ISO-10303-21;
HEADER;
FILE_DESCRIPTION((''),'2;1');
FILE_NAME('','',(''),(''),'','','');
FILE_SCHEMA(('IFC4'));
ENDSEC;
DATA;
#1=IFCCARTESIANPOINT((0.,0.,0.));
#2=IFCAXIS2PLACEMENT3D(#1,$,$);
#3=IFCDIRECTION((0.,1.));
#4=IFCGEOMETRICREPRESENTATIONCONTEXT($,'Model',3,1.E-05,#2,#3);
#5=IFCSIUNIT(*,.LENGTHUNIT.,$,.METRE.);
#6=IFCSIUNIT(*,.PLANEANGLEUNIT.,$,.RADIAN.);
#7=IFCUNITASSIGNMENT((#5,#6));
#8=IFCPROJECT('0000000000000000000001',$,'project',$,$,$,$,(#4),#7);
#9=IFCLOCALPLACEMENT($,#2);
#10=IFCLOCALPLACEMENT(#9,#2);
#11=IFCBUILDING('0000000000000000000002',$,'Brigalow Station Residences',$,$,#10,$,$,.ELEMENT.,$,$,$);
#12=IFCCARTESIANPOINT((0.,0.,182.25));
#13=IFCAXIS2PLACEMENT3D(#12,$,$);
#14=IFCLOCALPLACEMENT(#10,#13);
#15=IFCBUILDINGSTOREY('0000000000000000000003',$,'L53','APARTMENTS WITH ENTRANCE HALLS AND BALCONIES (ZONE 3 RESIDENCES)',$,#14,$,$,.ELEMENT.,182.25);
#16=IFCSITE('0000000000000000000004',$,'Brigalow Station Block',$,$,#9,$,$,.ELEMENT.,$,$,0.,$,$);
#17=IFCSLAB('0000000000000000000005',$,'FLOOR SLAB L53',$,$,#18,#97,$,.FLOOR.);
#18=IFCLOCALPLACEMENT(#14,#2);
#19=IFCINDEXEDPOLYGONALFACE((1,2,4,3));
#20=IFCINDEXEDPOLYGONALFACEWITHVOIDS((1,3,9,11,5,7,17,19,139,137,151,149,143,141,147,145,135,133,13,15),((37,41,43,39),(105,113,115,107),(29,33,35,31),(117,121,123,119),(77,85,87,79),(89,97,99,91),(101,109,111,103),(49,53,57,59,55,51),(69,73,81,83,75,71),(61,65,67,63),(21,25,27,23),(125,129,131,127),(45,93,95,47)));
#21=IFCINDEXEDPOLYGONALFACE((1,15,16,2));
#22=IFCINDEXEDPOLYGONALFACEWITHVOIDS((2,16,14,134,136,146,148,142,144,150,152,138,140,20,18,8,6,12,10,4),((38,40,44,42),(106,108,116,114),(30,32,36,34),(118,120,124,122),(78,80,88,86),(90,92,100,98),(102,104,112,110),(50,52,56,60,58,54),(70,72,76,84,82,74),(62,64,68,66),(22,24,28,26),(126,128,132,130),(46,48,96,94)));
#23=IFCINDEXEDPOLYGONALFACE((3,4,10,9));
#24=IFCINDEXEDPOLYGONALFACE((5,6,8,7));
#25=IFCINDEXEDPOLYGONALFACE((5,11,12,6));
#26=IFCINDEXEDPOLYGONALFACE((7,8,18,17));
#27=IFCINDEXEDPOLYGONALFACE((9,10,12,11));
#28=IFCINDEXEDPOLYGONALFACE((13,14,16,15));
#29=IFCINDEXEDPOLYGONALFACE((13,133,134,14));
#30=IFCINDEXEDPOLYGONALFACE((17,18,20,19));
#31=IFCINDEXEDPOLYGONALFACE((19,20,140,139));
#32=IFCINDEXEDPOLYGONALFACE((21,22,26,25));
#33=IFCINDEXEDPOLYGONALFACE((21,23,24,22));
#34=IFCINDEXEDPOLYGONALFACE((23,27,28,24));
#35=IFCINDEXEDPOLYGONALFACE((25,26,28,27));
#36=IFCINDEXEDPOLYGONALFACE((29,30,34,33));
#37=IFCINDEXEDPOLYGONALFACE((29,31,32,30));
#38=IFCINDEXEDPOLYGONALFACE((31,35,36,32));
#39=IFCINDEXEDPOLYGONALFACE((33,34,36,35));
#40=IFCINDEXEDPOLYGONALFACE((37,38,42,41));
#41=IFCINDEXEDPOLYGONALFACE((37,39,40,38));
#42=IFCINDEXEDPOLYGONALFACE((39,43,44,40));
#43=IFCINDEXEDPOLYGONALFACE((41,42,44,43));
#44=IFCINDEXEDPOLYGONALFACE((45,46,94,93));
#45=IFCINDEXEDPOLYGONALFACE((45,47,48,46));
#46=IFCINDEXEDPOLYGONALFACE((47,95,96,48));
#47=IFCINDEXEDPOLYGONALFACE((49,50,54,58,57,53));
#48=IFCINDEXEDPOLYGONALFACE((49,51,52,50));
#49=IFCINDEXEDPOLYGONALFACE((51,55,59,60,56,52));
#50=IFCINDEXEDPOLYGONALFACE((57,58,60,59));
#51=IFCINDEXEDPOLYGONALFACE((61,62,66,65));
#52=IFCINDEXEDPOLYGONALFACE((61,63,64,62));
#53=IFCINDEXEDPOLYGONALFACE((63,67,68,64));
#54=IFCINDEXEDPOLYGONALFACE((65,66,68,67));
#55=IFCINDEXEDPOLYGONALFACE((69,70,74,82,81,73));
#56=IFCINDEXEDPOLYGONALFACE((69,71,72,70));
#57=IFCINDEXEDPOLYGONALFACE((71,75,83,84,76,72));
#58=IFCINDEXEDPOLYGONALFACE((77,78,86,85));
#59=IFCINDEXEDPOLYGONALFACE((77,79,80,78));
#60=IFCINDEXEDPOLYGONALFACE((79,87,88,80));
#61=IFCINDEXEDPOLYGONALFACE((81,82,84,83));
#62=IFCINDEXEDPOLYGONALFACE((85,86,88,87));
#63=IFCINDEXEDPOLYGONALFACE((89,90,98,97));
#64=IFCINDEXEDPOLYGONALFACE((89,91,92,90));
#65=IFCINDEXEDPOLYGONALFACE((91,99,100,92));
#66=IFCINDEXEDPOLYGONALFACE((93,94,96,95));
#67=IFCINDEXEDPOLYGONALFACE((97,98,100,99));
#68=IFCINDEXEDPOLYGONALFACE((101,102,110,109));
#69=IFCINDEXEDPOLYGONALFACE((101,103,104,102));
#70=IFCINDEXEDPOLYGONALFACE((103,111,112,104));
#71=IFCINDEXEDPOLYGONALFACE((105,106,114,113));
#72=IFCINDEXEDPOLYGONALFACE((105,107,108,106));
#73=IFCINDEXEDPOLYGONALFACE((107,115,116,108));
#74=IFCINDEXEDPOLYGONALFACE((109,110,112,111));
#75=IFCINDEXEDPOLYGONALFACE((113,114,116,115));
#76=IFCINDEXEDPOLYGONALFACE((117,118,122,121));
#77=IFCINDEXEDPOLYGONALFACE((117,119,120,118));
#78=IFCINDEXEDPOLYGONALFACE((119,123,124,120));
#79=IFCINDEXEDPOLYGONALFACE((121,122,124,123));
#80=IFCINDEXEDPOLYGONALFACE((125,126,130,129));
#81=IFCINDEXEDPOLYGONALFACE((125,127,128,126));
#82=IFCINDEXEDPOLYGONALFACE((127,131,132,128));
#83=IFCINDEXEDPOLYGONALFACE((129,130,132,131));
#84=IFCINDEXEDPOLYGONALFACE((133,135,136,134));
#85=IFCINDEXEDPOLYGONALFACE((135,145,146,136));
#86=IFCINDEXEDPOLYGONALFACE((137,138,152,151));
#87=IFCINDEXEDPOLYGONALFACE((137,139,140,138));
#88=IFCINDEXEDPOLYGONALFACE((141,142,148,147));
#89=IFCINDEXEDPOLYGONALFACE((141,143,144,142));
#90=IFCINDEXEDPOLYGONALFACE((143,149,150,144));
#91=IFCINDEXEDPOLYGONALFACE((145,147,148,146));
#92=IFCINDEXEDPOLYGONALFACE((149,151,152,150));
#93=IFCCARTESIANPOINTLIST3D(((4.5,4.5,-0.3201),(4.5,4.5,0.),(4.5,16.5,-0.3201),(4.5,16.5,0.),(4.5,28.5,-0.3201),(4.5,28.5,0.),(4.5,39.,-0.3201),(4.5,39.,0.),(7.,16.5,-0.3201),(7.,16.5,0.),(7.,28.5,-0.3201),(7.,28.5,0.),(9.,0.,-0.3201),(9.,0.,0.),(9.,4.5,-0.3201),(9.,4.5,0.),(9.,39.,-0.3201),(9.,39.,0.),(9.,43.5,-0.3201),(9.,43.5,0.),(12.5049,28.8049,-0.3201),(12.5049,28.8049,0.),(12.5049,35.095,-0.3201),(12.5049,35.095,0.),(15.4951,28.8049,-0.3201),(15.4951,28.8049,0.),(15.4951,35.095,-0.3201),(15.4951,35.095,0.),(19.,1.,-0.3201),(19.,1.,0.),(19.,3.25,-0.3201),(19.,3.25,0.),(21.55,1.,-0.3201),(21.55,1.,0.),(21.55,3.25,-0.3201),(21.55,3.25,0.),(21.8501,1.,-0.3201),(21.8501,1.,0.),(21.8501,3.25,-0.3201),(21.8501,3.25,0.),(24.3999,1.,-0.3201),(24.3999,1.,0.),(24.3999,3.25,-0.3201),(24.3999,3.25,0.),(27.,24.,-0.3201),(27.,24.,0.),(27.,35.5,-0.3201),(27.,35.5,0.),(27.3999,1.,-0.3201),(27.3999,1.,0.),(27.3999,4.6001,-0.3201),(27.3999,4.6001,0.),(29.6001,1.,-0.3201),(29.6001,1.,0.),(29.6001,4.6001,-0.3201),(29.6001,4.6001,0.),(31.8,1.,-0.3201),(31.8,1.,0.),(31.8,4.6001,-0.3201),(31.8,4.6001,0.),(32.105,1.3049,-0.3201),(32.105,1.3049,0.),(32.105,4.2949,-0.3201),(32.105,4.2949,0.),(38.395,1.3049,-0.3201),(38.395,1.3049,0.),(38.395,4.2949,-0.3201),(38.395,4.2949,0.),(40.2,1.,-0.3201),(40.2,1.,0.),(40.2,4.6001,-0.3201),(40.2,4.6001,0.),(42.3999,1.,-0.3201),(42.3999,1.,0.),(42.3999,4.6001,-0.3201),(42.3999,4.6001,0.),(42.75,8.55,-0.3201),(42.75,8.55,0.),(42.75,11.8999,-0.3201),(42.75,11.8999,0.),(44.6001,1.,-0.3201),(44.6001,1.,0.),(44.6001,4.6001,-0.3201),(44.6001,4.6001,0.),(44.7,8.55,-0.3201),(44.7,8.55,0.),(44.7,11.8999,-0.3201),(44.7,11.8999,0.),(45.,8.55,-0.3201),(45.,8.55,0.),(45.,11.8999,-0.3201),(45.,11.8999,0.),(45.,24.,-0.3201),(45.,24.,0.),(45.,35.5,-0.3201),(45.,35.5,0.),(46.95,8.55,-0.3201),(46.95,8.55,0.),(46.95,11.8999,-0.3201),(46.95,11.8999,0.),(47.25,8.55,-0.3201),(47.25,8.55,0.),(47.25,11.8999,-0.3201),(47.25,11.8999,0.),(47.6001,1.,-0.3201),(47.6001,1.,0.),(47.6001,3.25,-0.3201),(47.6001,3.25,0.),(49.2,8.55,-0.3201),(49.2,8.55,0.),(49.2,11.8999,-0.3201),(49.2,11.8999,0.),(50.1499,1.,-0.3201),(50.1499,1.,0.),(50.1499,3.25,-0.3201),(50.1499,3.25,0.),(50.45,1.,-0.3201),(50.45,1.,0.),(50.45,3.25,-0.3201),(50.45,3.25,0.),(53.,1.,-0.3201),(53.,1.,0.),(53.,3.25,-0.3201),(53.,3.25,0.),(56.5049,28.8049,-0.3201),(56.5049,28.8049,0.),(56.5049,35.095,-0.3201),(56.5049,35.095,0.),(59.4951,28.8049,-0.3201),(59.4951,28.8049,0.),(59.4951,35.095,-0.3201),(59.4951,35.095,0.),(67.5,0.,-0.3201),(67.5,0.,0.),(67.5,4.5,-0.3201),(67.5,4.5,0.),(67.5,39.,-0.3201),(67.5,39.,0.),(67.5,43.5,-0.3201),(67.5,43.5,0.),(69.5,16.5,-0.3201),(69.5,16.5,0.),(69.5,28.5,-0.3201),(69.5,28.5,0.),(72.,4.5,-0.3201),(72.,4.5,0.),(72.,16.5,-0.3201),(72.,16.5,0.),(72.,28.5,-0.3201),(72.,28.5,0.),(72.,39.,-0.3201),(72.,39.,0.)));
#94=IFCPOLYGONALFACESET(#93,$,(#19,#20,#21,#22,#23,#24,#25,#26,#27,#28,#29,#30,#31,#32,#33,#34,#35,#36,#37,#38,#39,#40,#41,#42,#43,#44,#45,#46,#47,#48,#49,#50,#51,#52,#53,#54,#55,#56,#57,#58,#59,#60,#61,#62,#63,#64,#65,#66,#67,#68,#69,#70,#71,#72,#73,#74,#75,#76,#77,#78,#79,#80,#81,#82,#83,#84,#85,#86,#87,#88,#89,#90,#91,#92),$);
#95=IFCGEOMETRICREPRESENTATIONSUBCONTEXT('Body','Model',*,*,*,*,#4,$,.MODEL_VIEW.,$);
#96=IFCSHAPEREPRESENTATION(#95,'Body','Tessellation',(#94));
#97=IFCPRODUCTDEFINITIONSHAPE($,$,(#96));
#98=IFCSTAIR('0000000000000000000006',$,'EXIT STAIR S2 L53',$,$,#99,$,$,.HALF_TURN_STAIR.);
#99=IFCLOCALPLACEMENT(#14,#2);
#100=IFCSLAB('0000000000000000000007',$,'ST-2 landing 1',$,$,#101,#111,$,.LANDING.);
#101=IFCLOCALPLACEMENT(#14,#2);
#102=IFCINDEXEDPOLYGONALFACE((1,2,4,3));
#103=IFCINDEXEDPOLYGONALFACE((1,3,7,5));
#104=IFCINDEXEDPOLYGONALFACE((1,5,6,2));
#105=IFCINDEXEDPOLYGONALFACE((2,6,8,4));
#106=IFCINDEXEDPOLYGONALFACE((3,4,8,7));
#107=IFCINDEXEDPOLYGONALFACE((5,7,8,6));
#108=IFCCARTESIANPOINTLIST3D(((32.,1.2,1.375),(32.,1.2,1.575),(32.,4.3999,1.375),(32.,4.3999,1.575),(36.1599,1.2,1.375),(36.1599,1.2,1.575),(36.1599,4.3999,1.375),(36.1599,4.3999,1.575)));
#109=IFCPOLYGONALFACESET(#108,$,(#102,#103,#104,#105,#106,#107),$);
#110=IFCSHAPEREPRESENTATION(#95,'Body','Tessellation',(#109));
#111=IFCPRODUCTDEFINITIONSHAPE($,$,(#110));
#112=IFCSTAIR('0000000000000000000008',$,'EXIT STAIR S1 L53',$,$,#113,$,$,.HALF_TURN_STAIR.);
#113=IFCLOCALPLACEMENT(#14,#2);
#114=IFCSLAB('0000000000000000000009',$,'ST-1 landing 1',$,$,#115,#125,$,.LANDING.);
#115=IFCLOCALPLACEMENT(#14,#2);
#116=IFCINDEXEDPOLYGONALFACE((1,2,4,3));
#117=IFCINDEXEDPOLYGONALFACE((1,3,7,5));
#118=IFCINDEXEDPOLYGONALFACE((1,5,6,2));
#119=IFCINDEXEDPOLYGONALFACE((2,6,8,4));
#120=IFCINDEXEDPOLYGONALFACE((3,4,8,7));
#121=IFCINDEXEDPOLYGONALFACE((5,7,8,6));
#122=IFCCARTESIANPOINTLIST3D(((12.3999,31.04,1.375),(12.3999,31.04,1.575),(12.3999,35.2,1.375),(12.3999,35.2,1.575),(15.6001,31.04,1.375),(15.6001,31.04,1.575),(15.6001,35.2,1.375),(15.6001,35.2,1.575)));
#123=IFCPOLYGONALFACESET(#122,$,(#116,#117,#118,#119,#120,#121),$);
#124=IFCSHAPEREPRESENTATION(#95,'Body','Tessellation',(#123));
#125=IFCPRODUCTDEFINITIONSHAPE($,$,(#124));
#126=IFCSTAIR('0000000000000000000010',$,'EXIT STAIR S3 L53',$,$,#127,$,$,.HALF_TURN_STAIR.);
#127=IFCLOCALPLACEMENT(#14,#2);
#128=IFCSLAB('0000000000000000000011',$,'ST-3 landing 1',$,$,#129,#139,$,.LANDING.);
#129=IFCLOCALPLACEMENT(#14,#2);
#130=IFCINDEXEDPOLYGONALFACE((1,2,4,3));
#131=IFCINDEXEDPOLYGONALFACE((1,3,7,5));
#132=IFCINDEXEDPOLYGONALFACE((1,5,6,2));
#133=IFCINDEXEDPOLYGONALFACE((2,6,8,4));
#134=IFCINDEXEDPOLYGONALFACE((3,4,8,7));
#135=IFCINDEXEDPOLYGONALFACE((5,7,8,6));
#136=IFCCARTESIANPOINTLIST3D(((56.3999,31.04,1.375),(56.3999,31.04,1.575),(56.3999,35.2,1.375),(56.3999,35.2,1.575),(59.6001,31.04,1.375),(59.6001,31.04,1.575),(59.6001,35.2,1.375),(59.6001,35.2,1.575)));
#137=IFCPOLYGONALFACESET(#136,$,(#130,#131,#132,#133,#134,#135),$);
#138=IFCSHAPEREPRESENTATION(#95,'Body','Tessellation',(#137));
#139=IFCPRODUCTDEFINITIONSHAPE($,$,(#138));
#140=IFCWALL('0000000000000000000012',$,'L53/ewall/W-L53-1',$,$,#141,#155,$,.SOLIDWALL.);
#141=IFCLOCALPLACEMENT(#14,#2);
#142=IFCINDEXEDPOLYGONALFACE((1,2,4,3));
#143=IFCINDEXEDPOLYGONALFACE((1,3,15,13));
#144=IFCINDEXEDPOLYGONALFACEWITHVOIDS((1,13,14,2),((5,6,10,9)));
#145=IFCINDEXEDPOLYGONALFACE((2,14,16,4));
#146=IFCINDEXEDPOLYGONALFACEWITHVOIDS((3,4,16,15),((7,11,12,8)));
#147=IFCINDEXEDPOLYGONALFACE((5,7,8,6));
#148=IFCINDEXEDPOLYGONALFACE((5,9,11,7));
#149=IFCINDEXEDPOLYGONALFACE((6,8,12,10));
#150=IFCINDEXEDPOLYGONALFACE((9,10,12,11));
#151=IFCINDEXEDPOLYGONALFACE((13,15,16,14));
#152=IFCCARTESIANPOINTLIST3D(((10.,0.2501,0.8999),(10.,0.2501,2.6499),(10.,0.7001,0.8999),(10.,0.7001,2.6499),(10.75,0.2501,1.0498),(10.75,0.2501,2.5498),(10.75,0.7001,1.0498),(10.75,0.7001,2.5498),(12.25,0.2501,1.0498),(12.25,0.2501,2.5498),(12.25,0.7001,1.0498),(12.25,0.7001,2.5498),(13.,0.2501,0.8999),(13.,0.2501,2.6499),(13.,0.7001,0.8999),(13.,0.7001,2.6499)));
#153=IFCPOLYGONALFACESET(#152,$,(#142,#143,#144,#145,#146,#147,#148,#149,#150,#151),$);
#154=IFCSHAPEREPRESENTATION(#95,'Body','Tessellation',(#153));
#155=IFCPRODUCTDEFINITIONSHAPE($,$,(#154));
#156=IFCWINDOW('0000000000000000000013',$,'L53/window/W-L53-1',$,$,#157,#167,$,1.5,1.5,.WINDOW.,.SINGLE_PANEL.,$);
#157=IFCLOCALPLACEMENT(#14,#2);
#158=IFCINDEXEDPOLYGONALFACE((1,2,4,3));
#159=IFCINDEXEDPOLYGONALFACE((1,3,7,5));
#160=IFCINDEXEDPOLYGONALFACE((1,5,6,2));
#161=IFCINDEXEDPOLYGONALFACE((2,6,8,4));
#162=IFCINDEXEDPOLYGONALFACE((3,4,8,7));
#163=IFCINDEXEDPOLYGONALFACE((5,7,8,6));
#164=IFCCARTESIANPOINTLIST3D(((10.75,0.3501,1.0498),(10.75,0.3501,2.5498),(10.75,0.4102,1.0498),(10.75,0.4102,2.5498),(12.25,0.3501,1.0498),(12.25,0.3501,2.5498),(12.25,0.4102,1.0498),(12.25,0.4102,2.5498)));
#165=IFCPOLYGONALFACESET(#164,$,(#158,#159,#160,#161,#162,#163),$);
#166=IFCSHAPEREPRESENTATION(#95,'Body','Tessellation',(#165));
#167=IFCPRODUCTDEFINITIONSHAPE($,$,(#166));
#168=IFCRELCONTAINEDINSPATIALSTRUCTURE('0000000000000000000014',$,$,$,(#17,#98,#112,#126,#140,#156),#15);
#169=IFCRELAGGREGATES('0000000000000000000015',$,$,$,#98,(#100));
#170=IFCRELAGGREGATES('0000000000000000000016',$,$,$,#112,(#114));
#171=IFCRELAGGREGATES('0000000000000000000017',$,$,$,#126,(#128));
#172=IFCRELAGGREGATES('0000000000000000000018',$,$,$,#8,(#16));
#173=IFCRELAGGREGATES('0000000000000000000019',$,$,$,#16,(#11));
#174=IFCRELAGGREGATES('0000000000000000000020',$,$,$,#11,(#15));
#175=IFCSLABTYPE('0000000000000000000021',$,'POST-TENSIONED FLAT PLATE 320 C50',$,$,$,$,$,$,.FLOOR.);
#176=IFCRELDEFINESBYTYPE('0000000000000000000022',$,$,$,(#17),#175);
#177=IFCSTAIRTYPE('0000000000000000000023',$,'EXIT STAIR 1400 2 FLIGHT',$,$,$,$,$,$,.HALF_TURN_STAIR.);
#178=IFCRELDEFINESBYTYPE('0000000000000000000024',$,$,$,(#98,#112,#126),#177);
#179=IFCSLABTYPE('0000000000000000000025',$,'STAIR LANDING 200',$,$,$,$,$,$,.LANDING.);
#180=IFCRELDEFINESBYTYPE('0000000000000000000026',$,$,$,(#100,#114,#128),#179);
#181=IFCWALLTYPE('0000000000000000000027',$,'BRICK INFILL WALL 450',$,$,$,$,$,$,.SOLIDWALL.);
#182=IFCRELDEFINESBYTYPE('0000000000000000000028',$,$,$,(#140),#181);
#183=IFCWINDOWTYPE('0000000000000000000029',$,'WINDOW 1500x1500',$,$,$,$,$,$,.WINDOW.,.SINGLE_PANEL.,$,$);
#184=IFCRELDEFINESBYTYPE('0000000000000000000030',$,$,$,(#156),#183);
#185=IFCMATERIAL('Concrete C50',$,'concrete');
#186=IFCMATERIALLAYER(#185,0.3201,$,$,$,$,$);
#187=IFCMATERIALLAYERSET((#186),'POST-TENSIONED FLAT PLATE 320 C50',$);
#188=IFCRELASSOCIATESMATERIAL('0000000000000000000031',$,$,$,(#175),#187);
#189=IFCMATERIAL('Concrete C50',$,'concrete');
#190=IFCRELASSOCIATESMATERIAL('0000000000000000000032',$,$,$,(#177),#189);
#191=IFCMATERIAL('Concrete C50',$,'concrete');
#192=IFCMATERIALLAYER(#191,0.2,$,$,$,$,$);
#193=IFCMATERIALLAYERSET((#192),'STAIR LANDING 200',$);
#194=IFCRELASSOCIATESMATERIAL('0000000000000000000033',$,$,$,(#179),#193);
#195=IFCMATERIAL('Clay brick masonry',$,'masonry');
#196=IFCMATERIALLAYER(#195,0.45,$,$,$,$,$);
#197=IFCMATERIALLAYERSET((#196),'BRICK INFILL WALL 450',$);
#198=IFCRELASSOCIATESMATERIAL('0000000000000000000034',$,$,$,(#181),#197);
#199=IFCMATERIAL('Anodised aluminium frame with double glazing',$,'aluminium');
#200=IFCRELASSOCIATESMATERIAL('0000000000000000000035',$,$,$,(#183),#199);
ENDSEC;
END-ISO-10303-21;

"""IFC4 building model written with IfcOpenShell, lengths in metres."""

from ifc_helpers import new_model, si_unit, direction, frame, frame_2d, origin, place, context, subcontext, project, spatial, polyline, rectangle, outline, extrude, material, layer, layer_set, type_object, element, fill, aggregate, save


model = new_model("IFC4")

# Units and contexts
model_context = context("Model", 3, precision=1e-05, world=origin(), true_north=direction((0.0, 1.0)))
body_context = subcontext(model_context, "Body", "Model", "MODEL_VIEW")
ifc_project = project(units=[si_unit("LENGTHUNIT", "METRE"), si_unit("PLANEANGLEUNIT", "RADIAN")], contexts=[model_context])

# Site, building, storey
site_placement = place(None, origin())
site = spatial("IfcSite", under=ifc_project, at=site_placement, Name="Brigalow Station Block", CompositionType="ELEMENT", RefElevation=0.0)
building_placement = place(site_placement, origin())
building = spatial("IfcBuilding", under=site, at=building_placement, Name="Brigalow Station Residences", CompositionType="ELEMENT")
storey_placement = place(building_placement, frame((0.0, 0.0, 182.25)))
storey = spatial("IfcBuildingStorey", under=building, at=storey_placement, Name="L53", Description="APARTMENTS WITH ENTRANCE HALLS AND BALCONIES (ZONE 3 RESIDENCES)", CompositionType="ELEMENT", Elevation=182.25)

# Slab
ifc_material_1 = material(Name="Concrete C50", Category="concrete")
ifc_layer_1 = layer(ifc_material_1, 0.3201)
ifc_layer_set_1 = layer_set([ifc_layer_1], Name="POST-TENSIONED FLAT PLATE 320 C50")
slab_type_1 = type_object("IfcSlabType", Name="POST-TENSIONED FLAT PLATE 320 C50", PredefinedType="FLOOR", material=ifc_layer_set_1)
slab_1_placement = place(storey_placement, frame((0.0, 0.0, -0.3201)))
element("IfcSlab", 1, at=slab_1_placement, inside=storey, type_object=slab_type_1, Name="FLOOR SLAB L53", PredefinedType="FLOOR", context=body_context, shape_type="SweptSolid", body=[
    extrude(outline(polyline([(9.0, 0.0), (67.5, 0.0), (67.5, 4.5), (72.0, 4.5), (72.0, 16.5), (69.5, 16.5), (69.5, 28.5), (72.0, 28.5), (72.0, 39.0), (67.5, 39.0), (67.5, 43.5), (9.0, 43.5), (9.0, 39.0), (4.5, 39.0), (4.5, 28.5), (7.0, 28.5), (7.0, 16.5), (4.5, 16.5), (4.5, 4.5), (9.0, 4.5), (9.0, 0.0)]), holes=[polyline([(12.5049, 35.095), (15.4951, 35.095), (15.4951, 28.8049), (12.5049, 28.8049), (12.5049, 35.095)]), polyline([(19.0, 1.0), (19.0, 3.25), (21.55, 3.25), (21.55, 1.0), (19.0, 1.0)]), polyline([(21.8501, 3.25), (24.3999, 3.25), (24.3999, 1.0), (21.8501, 1.0), (21.8501, 3.25)]), polyline([(27.0, 35.5), (45.0, 35.5), (45.0, 24.0), (27.0, 24.0), (27.0, 35.5)]), polyline([(29.6001, 4.6001), (31.8, 4.6001), (31.8, 1.0), (29.6001, 1.0), (27.3999, 1.0), (27.3999, 4.6001), (29.6001, 4.6001)]), polyline([(32.105, 4.2949), (38.395, 4.2949), (38.395, 1.3049), (32.105, 1.3049), (32.105, 4.2949)]), polyline([(40.2, 4.6001), (42.3999, 4.6001), (44.6001, 4.6001), (44.6001, 1.0), (42.3999, 1.0), (40.2, 1.0), (40.2, 4.6001)]), polyline([(42.75, 11.8999), (44.7, 11.8999), (44.7, 8.55), (42.75, 8.55), (42.75, 11.8999)]), polyline([(45.0, 11.8999), (46.95, 11.8999), (46.95, 8.55), (45.0, 8.55), (45.0, 11.8999)]), polyline([(47.25, 11.8999), (49.2, 11.8999), (49.2, 8.55), (47.25, 8.55), (47.25, 11.8999)]), polyline([(47.6001, 3.25), (50.1499, 3.25), (50.1499, 1.0), (47.6001, 1.0), (47.6001, 3.25)]), polyline([(50.45, 3.25), (53.0, 3.25), (53.0, 1.0), (50.45, 1.0), (50.45, 3.25)]), polyline([(56.5049, 35.095), (59.4951, 35.095), (59.4951, 28.8049), (56.5049, 28.8049), (56.5049, 35.095)])]), origin(), (0.0, 0.0, 1.0), 0.3201),
])

# Stairs, slabs
ifc_material_2 = material(Name="Concrete C50", Category="concrete")
stair_type = type_object("IfcStairType", Name="EXIT STAIR 1400 2 FLIGHT", PredefinedType="HALF_TURN_STAIR", material=ifc_material_2)
stair_1_placement = place(storey_placement, origin())
stair_1 = element("IfcStair", 2, at=stair_1_placement, inside=storey, type_object=stair_type, Name="EXIT STAIR S2 L53", PredefinedType="HALF_TURN_STAIR")
ifc_material_3 = material(Name="Concrete C50", Category="concrete")
ifc_layer_2 = layer(ifc_material_3, 0.2)
ifc_layer_set_2 = layer_set([ifc_layer_2], Name="STAIR LANDING 200")
slab_type_2 = type_object("IfcSlabType", Name="STAIR LANDING 200", PredefinedType="LANDING", material=ifc_layer_set_2)
slab_2_placement = place(storey_placement, frame((0.0, 0.0, 1.375)))
slab_2 = element("IfcSlab", 3, at=slab_2_placement, type_object=slab_type_2, Name="ST-2 landing 1", PredefinedType="LANDING", context=body_context, shape_type="SweptSolid", body=[
    extrude(outline(polyline([(32.0, 1.2), (36.1599, 1.2), (36.1599, 4.3999), (32.0, 4.3999), (32.0, 1.2)])), origin(), (0.0, 0.0, 1.0), 0.2),
])
aggregate(stair_1, [slab_2])
stair_2_placement = place(storey_placement, origin())
stair_2 = element("IfcStair", 4, at=stair_2_placement, inside=storey, type_object=stair_type, Name="EXIT STAIR S1 L53", PredefinedType="HALF_TURN_STAIR")
slab_3_placement = place(storey_placement, frame((0.0, 0.0, 1.375)))
slab_3 = element("IfcSlab", 5, at=slab_3_placement, type_object=slab_type_2, Name="ST-1 landing 1", PredefinedType="LANDING", context=body_context, shape_type="SweptSolid", body=[
    extrude(outline(polyline([(12.3999, 31.04), (15.6001, 31.04), (15.6001, 35.2), (12.3999, 35.2), (12.3999, 31.04)])), origin(), (0.0, 0.0, 1.0), 0.2),
])
aggregate(stair_2, [slab_3])
stair_3_placement = place(storey_placement, origin())
stair_3 = element("IfcStair", 6, at=stair_3_placement, inside=storey, type_object=stair_type, Name="EXIT STAIR S3 L53", PredefinedType="HALF_TURN_STAIR")
slab_4_placement = place(storey_placement, frame((0.0, 0.0, 1.375)))
slab_4 = element("IfcSlab", 7, at=slab_4_placement, type_object=slab_type_2, Name="ST-3 landing 1", PredefinedType="LANDING", context=body_context, shape_type="SweptSolid", body=[
    extrude(outline(polyline([(56.3999, 31.04), (59.6001, 31.04), (59.6001, 35.2), (56.3999, 35.2), (56.3999, 31.04)])), origin(), (0.0, 0.0, 1.0), 0.2),
])
aggregate(stair_3, [slab_4])

# Wall, opening, window
ifc_material_4 = material(Name="Clay brick masonry", Category="masonry")
ifc_layer_3 = layer(ifc_material_4, 0.45)
ifc_layer_set_3 = layer_set([ifc_layer_3], Name="BRICK INFILL WALL 450")
wall_type_1 = type_object("IfcWallType", Name="BRICK INFILL WALL 450", PredefinedType="SOLIDWALL", material=ifc_layer_set_3)
wall_1_placement = place(storey_placement, frame((10.0, 0.4751, 0.8999), z_axis=(0.0, 0.0, 1.0), x_axis=(1.0, 0.0, 0.0)))
wall_1 = element("IfcWall", 8, at=wall_1_placement, inside=storey, type_object=wall_type_1, Name="L53/ewall/W-L53-1", PredefinedType="SOLIDWALL", context=body_context, shape_type="SweptSolid", body=[
    extrude(rectangle(XDim=3.0, YDim=0.45, at=frame_2d((1.5, 0.0))), origin(), (0.0, 0.0, 1.0), 1.75),
])
opening_1_placement = place(wall_1_placement, frame((0.75, 0.0, 0.1499)))
opening_1 = element("IfcOpeningElement", 9, at=opening_1_placement, cuts=wall_1, PredefinedType="OPENING", context=body_context, shape_type="SweptSolid", body=[
    extrude(rectangle(XDim=1.5, YDim=1.5, at=frame_2d((0.75, 0.75))), frame((0.0, 0.2349, 0.0), z_axis=(0.0, -1.0, 0.0), x_axis=(1.0, 0.0, 0.0)), (0.0, 0.0, 1.0), 0.47),
])
ifc_material_5 = material(Name="Anodised aluminium frame with double glazing", Category="aluminium")
window_type_1 = type_object("IfcWindowType", Name="WINDOW 1500x1500", PartitioningType="SINGLE_PANEL", PredefinedType="WINDOW", material=ifc_material_5)
window_1_placement = place(opening_1_placement, origin())
window_1 = element("IfcWindow", 10, at=window_1_placement, inside=storey, type_object=window_type_1, Name="L53/window/W-L53-1", OverallHeight=1.5, OverallWidth=1.5, PartitioningType="SINGLE_PANEL", PredefinedType="WINDOW", context=body_context, shape_type="SweptSolid", body=[
    extrude(rectangle(XDim=1.5, YDim=1.5, at=frame_2d((0.75, 0.75))), frame((0.0, -0.0649, 0.0), z_axis=(0.0, -1.0, 0.0), x_axis=(1.0, 0.0, 0.0)), (0.0, 0.0, 1.0), 0.0601),
])
fill(opening_1, window_1)

save(model, "model.ifc")
